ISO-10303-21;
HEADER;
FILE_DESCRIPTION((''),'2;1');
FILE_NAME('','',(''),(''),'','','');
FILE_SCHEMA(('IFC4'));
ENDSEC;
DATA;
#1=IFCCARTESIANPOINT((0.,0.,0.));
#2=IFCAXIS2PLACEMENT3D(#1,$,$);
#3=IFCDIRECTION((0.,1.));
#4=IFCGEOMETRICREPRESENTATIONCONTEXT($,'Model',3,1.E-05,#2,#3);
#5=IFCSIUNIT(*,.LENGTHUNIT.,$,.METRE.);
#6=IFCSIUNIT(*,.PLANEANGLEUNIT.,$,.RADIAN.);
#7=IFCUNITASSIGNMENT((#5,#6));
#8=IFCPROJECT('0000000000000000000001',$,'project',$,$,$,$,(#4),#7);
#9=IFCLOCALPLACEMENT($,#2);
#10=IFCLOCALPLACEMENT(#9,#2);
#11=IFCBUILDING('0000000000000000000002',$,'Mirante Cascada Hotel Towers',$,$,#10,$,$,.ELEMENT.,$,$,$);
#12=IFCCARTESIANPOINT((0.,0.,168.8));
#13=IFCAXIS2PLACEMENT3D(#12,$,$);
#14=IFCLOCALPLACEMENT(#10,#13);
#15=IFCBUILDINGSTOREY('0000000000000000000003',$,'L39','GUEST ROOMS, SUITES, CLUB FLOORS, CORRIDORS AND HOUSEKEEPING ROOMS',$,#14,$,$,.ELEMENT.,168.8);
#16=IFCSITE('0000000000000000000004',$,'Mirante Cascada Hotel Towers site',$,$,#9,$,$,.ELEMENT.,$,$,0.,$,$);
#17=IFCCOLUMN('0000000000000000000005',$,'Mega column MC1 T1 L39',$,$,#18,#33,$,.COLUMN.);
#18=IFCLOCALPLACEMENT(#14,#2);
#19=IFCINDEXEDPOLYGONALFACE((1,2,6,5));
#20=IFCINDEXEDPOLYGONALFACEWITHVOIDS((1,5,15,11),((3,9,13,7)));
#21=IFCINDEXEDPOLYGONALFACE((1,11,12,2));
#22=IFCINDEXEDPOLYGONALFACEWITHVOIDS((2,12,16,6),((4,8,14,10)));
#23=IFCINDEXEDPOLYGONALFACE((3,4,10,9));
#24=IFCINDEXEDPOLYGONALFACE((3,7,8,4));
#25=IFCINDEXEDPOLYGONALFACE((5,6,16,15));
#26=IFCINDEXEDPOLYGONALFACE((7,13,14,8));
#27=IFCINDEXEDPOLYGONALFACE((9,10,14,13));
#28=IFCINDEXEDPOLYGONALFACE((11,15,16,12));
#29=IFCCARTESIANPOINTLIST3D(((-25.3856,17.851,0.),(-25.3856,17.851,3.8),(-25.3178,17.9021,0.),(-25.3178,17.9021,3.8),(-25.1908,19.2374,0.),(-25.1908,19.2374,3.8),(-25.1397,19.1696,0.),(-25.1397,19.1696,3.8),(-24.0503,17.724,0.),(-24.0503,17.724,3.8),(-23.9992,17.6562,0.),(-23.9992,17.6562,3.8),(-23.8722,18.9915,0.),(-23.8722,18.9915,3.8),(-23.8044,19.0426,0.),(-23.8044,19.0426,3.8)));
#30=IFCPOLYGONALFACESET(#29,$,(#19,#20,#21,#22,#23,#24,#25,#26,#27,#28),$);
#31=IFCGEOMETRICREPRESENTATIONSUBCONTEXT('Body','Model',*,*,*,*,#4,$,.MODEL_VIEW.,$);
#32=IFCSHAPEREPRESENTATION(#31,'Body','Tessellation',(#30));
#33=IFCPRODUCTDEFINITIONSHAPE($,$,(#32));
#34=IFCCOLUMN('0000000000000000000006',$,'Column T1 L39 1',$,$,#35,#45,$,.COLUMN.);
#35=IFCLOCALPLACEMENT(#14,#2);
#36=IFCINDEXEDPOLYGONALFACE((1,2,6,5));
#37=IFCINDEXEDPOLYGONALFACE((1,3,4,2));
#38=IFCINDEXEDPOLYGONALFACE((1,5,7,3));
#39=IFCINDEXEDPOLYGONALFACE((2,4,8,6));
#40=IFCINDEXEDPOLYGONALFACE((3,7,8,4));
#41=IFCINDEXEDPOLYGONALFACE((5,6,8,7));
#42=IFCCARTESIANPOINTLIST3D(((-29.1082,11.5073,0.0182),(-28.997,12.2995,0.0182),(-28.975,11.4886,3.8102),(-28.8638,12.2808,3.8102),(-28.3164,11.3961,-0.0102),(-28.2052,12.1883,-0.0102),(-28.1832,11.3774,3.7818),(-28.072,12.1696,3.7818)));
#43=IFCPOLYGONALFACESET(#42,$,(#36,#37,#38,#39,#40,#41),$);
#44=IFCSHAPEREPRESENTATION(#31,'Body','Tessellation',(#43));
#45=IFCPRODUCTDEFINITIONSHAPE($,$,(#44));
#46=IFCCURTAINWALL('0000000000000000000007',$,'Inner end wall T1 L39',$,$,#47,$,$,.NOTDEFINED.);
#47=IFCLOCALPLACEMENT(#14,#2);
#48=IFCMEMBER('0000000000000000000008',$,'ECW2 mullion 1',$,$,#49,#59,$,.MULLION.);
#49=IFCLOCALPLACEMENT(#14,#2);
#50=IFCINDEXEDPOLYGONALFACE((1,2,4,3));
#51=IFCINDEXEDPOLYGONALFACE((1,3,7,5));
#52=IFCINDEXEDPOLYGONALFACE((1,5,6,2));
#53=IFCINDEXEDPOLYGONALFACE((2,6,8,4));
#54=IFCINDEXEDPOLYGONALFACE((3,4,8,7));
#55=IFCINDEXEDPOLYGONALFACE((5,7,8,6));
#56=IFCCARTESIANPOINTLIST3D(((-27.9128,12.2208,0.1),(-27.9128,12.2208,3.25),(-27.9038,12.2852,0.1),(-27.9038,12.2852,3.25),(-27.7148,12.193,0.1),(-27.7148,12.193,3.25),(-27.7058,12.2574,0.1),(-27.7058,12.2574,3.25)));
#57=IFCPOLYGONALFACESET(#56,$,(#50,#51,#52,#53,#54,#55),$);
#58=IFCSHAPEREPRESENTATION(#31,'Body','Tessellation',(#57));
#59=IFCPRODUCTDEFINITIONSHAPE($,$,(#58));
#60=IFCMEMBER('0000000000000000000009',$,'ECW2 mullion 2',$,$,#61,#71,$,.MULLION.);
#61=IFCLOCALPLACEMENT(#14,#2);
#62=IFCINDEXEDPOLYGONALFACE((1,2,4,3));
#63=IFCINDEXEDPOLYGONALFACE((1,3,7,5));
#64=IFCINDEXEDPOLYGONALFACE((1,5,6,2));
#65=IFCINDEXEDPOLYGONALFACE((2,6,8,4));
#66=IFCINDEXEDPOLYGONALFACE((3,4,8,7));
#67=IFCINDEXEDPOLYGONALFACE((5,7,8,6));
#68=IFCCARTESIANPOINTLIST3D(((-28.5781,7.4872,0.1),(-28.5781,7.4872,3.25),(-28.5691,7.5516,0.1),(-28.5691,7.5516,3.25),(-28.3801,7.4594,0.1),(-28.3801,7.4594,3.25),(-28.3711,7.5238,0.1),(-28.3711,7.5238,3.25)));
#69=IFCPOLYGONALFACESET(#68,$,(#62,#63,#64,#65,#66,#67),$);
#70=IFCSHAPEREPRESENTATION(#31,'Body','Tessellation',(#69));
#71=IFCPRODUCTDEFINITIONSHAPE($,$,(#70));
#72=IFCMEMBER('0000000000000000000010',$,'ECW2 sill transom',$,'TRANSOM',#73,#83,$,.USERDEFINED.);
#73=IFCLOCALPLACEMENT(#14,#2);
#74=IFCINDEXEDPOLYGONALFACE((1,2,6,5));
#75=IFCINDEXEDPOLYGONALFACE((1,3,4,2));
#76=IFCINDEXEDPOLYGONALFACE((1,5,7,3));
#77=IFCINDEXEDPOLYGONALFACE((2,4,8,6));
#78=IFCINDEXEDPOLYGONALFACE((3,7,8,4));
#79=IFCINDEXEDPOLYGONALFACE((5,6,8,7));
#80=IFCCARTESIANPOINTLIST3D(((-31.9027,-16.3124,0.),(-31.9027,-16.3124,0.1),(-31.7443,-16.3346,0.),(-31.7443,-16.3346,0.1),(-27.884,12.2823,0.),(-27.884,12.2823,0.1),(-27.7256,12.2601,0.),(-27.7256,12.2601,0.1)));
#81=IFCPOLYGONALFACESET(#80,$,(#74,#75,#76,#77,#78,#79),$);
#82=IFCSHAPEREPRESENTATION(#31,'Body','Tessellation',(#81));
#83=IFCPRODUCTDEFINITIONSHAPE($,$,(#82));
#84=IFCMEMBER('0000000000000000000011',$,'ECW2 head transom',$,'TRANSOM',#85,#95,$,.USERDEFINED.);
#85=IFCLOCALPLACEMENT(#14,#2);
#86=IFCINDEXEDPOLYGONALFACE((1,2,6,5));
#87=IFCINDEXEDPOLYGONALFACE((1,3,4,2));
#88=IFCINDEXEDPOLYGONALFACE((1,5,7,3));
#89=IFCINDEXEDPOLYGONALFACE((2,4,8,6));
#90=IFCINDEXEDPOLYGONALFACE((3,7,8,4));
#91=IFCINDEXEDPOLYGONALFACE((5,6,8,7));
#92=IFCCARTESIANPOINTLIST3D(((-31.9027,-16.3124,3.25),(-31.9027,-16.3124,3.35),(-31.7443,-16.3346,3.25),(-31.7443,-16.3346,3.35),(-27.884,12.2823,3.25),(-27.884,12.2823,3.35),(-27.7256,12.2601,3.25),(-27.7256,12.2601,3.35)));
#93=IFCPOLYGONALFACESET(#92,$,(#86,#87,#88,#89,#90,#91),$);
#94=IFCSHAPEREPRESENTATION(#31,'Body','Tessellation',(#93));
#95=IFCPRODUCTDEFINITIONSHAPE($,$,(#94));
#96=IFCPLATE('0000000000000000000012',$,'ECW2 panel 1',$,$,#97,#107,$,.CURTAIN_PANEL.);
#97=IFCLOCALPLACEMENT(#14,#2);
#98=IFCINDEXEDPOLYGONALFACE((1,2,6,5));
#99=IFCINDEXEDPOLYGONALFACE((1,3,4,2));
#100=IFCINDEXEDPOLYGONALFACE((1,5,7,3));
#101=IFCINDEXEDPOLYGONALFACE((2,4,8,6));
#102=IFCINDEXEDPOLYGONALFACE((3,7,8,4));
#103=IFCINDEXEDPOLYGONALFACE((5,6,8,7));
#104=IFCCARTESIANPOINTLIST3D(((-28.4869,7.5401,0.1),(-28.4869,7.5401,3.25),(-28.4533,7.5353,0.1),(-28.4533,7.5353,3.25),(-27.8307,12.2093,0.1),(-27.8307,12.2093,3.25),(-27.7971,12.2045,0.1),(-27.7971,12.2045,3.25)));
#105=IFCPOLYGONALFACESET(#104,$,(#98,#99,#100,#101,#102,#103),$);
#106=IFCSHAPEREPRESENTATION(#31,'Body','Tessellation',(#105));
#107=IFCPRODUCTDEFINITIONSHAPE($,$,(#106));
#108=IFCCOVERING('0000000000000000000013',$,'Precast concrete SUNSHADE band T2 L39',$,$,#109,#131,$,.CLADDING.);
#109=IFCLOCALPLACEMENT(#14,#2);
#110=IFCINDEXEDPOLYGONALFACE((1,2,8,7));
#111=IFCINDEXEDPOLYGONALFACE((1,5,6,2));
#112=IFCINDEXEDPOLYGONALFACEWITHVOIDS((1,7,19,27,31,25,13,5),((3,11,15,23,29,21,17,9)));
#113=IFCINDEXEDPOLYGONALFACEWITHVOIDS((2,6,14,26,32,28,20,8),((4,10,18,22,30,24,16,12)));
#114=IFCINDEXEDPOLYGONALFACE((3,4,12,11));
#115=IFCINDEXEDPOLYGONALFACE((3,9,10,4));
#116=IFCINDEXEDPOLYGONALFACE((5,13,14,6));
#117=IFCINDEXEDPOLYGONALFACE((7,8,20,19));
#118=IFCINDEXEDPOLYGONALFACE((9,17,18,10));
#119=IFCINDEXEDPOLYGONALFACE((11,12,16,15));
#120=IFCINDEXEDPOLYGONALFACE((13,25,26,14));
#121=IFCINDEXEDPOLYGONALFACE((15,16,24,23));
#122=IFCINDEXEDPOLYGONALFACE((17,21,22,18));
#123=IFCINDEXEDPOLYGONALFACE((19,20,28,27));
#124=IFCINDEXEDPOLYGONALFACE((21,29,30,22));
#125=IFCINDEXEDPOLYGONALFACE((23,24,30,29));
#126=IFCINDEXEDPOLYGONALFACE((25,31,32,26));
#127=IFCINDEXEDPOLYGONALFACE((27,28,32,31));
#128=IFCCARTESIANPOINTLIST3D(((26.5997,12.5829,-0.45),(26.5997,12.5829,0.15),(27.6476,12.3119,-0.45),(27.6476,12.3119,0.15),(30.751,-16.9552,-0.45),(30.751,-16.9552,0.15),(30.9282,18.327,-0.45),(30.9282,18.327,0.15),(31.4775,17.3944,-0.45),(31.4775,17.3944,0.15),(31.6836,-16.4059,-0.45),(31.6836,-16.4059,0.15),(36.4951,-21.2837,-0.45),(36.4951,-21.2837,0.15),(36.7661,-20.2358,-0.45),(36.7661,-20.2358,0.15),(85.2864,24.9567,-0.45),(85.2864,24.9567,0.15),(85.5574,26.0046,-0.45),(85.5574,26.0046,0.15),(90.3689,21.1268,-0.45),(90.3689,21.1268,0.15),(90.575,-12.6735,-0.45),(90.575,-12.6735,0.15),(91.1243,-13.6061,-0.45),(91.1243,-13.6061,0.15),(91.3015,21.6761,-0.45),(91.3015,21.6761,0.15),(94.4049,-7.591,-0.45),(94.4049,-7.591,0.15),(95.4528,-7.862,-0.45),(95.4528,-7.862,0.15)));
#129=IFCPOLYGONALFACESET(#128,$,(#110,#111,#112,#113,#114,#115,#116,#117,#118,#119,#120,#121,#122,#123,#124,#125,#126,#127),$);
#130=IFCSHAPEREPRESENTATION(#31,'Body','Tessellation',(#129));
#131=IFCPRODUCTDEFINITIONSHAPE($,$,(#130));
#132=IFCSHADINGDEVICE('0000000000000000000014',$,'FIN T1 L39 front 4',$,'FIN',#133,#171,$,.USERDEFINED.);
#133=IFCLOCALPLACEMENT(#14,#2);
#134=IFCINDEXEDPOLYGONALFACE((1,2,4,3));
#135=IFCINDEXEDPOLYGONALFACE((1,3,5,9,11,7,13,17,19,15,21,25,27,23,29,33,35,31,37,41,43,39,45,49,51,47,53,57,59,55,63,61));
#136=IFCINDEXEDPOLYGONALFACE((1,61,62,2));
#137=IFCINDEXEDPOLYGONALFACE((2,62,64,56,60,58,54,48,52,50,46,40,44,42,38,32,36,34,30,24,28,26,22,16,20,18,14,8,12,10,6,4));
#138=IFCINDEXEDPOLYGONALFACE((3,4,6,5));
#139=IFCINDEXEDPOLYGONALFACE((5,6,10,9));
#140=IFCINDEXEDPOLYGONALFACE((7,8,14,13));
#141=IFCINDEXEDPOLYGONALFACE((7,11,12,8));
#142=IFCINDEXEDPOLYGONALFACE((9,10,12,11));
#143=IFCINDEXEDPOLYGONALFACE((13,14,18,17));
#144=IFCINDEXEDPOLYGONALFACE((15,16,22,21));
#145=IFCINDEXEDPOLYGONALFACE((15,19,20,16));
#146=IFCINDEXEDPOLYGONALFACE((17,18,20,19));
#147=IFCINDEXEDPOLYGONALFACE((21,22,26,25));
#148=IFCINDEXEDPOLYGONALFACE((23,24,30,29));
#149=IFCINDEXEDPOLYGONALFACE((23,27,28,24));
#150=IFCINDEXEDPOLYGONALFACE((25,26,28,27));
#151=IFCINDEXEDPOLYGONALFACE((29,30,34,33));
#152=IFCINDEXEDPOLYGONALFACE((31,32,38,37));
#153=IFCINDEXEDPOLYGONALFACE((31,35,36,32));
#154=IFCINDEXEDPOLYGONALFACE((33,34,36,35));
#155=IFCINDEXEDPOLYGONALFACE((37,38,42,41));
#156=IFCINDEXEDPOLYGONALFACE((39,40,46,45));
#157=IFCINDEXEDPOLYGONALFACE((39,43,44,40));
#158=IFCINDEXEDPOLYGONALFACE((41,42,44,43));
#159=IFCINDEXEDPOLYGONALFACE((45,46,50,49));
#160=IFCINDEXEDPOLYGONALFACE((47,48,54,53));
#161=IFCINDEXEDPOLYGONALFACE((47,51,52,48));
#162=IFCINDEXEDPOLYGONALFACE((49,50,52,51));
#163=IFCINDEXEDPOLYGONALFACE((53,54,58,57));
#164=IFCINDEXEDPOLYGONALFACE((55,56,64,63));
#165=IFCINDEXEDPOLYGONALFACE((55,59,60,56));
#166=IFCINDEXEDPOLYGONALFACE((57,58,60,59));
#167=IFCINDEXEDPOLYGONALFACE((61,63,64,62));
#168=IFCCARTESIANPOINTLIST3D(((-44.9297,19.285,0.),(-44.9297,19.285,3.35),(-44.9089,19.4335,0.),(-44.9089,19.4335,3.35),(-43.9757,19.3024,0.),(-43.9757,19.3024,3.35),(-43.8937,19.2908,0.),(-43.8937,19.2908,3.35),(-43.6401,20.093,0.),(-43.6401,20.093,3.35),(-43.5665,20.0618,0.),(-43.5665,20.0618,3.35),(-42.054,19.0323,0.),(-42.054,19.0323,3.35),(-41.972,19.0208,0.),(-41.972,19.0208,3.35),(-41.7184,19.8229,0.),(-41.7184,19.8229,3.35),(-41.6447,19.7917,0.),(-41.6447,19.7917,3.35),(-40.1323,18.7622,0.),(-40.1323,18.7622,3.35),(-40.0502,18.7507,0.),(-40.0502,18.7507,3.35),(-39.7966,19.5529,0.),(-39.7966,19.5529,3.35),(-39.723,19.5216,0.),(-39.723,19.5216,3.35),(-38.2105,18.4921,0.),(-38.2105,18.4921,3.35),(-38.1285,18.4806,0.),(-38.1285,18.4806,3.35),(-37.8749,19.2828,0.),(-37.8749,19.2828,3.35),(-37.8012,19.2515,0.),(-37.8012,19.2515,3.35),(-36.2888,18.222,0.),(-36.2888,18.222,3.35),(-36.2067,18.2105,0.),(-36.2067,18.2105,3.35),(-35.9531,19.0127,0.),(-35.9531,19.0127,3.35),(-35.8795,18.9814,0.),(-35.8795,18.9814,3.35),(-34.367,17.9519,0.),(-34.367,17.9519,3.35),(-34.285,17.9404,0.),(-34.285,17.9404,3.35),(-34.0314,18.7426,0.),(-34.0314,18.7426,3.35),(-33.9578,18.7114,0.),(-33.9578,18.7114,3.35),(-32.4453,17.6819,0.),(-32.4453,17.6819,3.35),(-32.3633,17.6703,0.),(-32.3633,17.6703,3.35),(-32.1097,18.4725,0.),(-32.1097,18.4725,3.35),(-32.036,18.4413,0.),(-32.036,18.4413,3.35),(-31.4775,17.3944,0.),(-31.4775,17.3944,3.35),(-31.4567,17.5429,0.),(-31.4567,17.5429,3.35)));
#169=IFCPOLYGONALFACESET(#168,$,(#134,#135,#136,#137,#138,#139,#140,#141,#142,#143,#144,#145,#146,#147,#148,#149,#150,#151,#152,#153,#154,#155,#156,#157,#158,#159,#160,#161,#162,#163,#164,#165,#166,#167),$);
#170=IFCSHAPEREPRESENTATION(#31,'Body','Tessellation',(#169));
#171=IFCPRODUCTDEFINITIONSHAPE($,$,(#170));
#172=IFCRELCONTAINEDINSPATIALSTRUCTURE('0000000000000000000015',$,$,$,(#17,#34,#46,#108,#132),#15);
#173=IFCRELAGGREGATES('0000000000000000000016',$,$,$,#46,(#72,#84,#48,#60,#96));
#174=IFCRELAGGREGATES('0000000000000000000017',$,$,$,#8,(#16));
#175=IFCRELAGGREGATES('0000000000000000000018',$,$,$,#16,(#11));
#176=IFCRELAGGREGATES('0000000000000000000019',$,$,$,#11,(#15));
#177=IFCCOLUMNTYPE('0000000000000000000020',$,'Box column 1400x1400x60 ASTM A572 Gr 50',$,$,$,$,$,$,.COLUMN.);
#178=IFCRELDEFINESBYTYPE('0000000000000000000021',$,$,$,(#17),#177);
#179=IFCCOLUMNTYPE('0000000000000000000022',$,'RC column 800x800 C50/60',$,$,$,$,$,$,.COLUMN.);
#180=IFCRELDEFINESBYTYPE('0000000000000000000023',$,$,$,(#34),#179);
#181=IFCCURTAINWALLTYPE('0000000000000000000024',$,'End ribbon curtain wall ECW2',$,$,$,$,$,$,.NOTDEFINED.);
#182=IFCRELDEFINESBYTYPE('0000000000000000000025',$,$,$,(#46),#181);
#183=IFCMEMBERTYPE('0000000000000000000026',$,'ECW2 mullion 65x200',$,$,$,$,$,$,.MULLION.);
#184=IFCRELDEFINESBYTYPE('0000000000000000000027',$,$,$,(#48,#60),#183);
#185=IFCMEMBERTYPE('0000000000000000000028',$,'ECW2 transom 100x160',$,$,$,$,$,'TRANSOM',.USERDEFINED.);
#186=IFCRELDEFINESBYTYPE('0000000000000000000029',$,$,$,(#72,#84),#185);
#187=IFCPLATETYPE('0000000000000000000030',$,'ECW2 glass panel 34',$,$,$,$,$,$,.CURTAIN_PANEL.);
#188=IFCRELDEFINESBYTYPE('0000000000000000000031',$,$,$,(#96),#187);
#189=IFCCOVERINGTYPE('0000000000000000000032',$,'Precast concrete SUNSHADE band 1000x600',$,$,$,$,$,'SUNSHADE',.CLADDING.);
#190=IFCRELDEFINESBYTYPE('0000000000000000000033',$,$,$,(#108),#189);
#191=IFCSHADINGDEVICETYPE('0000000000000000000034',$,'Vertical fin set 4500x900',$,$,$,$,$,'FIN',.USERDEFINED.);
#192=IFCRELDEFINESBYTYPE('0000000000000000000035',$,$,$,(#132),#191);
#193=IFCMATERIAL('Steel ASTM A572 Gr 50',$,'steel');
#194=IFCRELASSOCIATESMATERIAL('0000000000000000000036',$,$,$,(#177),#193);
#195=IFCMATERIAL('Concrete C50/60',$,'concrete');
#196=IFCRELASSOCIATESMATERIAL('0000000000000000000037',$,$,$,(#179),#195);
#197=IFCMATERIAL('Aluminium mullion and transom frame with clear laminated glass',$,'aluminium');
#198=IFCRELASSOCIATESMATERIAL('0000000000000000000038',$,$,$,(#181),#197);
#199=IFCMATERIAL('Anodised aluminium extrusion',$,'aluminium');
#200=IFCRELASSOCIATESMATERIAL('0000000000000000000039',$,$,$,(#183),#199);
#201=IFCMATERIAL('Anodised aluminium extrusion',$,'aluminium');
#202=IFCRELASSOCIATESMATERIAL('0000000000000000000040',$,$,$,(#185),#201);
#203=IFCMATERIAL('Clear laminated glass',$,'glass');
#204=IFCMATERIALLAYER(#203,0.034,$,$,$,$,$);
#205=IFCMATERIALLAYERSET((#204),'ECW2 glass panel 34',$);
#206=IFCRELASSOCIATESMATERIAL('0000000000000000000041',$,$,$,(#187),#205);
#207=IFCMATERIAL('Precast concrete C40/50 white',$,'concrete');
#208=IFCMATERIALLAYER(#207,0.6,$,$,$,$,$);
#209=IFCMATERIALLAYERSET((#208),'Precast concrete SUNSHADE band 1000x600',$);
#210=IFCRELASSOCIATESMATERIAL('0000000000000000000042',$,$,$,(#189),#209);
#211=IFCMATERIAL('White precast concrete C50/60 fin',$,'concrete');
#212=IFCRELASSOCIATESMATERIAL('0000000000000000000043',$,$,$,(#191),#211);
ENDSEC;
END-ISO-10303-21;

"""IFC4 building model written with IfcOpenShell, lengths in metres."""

from ifc_helpers import new_model, si_unit, direction, frame, origin, origin_2d, place, context, subcontext, project, spatial, polyline, rectangle, hollow_rectangle, outline, extrude, material, layer, layer_set, material_profile, profile_set, type_object, element, aggregate, save


model = new_model("IFC4")

# Units and contexts
model_context = context("Model", 3, precision=1e-05, world=origin(), true_north=direction((0.0, 1.0)))
body_context = subcontext(model_context, "Body", "Model", "MODEL_VIEW")
ifc_project = project(units=[si_unit("LENGTHUNIT", "METRE"), si_unit("PLANEANGLEUNIT", "RADIAN")], contexts=[model_context])

# Site, building, storey
site_placement = place(None, origin())
site = spatial("IfcSite", under=ifc_project, at=site_placement, Name="Mirante Cascada Hotel Towers site", CompositionType="ELEMENT", RefElevation=0.0)
building_placement = place(site_placement, origin())
building = spatial("IfcBuilding", under=site, at=building_placement, Name="Mirante Cascada Hotel Towers", CompositionType="ELEMENT")
storey_placement = place(building_placement, frame((0.0, 0.0, 168.8)))
storey = spatial("IfcBuildingStorey", under=building, at=storey_placement, Name="L39", Description="GUEST ROOMS, SUITES, CLUB FLOORS, CORRIDORS AND HOUSEKEEPING ROOMS", CompositionType="ELEMENT", Elevation=168.8)

# Columns
ifc_material_1 = material(Name="Steel ASTM A572 Gr 50", Category="steel")
ifc_material_profile_1 = material_profile(ifc_material_1, hollow_rectangle(XDim=1.4, YDim=1.4, WallThickness=0.06, at=origin_2d()), Name="Box column 1400x1400x60 ASTM A572 Gr 50")
ifc_profile_set_1 = profile_set([ifc_material_profile_1], Name="Steel ASTM A572 Gr 50")
column_type_1 = type_object("IfcColumnType", Name="Box column 1400x1400x60 ASTM A572 Gr 50", PredefinedType="COLUMN", material=ifc_profile_set_1)
column_1_placement = place(storey_placement, frame((-24.595, 18.4468, 0.0), z_axis=(0.0, 0.0, 1.0), x_axis=(-0.990268, 0.139173, 0.0)))
element("IfcColumn", 1, at=column_1_placement, inside=storey, type_object=column_type_1, Name="Mega column MC1 T1 L39", PredefinedType="COLUMN", context=body_context, shape_type="SweptSolid", body=[
    extrude(hollow_rectangle(XDim=1.4, YDim=1.4, WallThickness=0.06, at=origin_2d()), origin(), (0.0, 0.0, 1.0), 3.8),
])
ifc_material_2 = material(Name="Concrete C50/60", Category="concrete")
ifc_material_profile_2 = material_profile(ifc_material_2, rectangle(XDim=0.8, YDim=0.8, at=origin_2d()), Name="RC column 800x800 C50/60")
ifc_profile_set_2 = profile_set([ifc_material_profile_2], Name="Concrete C50/60")
column_type_2 = type_object("IfcColumnType", Name="RC column 800x800 C50/60", PredefinedType="COLUMN", material=ifc_profile_set_2)
column_2_placement = place(storey_placement, frame((-28.6567, 11.8478, 0.004), z_axis=(0.035104, -0.004928, 0.999371), x_axis=(0.139027, 0.990289, 0.0)))
element("IfcColumn", 2, at=column_2_placement, inside=storey, type_object=column_type_2, Name="Column T1 L39 1", PredefinedType="COLUMN", context=body_context, shape_type="SweptSolid", body=[
    extrude(rectangle(XDim=0.8, YDim=0.8, at=origin_2d()), origin(), (0.0, 0.0, 1.0), 3.7944),
])

# Curtain wall, members, plate
ifc_material_3 = material(Name="Aluminium mullion and transom frame with clear laminated glass", Category="aluminium")
curtain_wall_type = type_object("IfcCurtainWallType", Name="End ribbon curtain wall ECW2", PredefinedType="NOTDEFINED", material=ifc_material_3)
curtain_wall_placement = place(storey_placement, origin())
curtain_wall = element("IfcCurtainWall", 3, at=curtain_wall_placement, inside=storey, type_object=curtain_wall_type, Name="Inner end wall T1 L39", PredefinedType="NOTDEFINED")
ifc_material_4 = material(Name="Anodised aluminium extrusion", Category="aluminium")
ifc_material_profile_3 = material_profile(ifc_material_4, rectangle(XDim=0.2, YDim=0.065, at=origin_2d()), Name="ECW2 MULLION 65x200")
ifc_profile_set_3 = profile_set([ifc_material_profile_3], Name="Anodised aluminium extrusion")
member_type_1 = type_object("IfcMemberType", Name="ECW2 mullion 65x200", PredefinedType="MULLION", material=ifc_profile_set_3)
member_1_placement = place(storey_placement, frame((-27.8093, 12.2391, 0.1), z_axis=(0.0, 0.0, 1.0), x_axis=(0.990268, -0.139173, 0.0)))
member_1 = element("IfcMember", 4, at=member_1_placement, type_object=member_type_1, Name="ECW2 mullion 1", PredefinedType="MULLION", context=body_context, shape_type="SweptSolid", body=[
    extrude(rectangle(XDim=0.2, YDim=0.065, at=origin_2d()), origin(), (0.0, 0.0, 1.0), 3.15),
])
member_2_placement = place(storey_placement, frame((-28.4746, 7.5055, 0.1), z_axis=(0.0, 0.0, 1.0), x_axis=(0.990268, -0.139173, 0.0)))
member_2 = element("IfcMember", 5, at=member_2_placement, type_object=member_type_1, Name="ECW2 mullion 2", PredefinedType="MULLION", context=body_context, shape_type="SweptSolid", body=[
    extrude(rectangle(XDim=0.2, YDim=0.065, at=origin_2d()), origin(), (0.0, 0.0, 1.0), 3.15),
])
ifc_material_5 = material(Name="Anodised aluminium extrusion", Category="aluminium")
ifc_material_profile_4 = material_profile(ifc_material_5, rectangle(XDim=0.16, YDim=0.1, at=origin_2d()), Name="ECW2 TRANSOM 100x160")
ifc_profile_set_4 = profile_set([ifc_material_profile_4], Name="Anodised aluminium extrusion")
member_type_2 = type_object("IfcMemberType", Name="ECW2 transom 100x160", ElementType="TRANSOM", PredefinedType="USERDEFINED", material=ifc_profile_set_4)
member_3_placement = place(storey_placement, frame((-27.8048, 12.2712, 0.05), z_axis=(-0.139172, -0.990268, 0.0), x_axis=(0.990268, -0.139172, 0.0)))
member_3 = element("IfcMember", 6, at=member_3_placement, type_object=member_type_2, Name="ECW2 sill transom", ObjectType="TRANSOM", PredefinedType="USERDEFINED", context=body_context, shape_type="SweptSolid", body=[
    extrude(rectangle(XDim=0.16, YDim=0.1, at=origin_2d()), origin(), (0.0, 0.0, 1.0), 28.8757),
])
member_4_placement = place(storey_placement, frame((-27.8048, 12.2712, 3.3), z_axis=(-0.139172, -0.990268, 0.0), x_axis=(0.990268, -0.139172, 0.0)))
member_4 = element("IfcMember", 7, at=member_4_placement, type_object=member_type_2, Name="ECW2 head transom", ObjectType="TRANSOM", PredefinedType="USERDEFINED", context=body_context, shape_type="SweptSolid", body=[
    extrude(rectangle(XDim=0.16, YDim=0.1, at=origin_2d()), origin(), (0.0, 0.0, 1.0), 28.8757),
])
ifc_material_6 = material(Name="Clear laminated glass", Category="glass")
ifc_layer_1 = layer(ifc_material_6, 0.034)
ifc_layer_set_1 = layer_set([ifc_layer_1], Name="ECW2 glass panel 34")
plate_type = type_object("IfcPlateType", Name="ECW2 glass panel 34", PredefinedType="CURTAIN_PANEL", material=ifc_layer_set_1)
plate_placement = place(storey_placement, frame((-28.142, 9.8723, 0.1), z_axis=(0.0, 0.0, 1.0), x_axis=(-0.139173, -0.990268, 0.0)))
plate = element("IfcPlate", 8, at=plate_placement, type_object=plate_type, Name="ECW2 panel 1", PredefinedType="CURTAIN_PANEL", context=body_context, shape_type="SweptSolid", body=[
    extrude(rectangle(XDim=4.7151, YDim=0.034, at=origin_2d()), origin(), (0.0, 0.0, 1.0), 3.15),
])
aggregate(curtain_wall, [member_3, member_4, member_1, member_2, plate])

# Covering
ifc_material_7 = material(Name="Precast concrete C40/50 white", Category="concrete")
ifc_layer_2 = layer(ifc_material_7, 0.6)
ifc_layer_set_2 = layer_set([ifc_layer_2], Name="Precast concrete SUNSHADE band 1000x600")
covering_type = type_object("IfcCoveringType", Name="Precast concrete SUNSHADE band 1000x600", ElementType="SUNSHADE", PredefinedType="CLADDING", material=ifc_layer_set_2)
covering_placement = place(storey_placement, frame((0.0, 0.0, -0.45)))
element("IfcCovering", 9, at=covering_placement, inside=storey, type_object=covering_type, Name="Precast concrete SUNSHADE band T2 L39", PredefinedType="CLADDING", context=body_context, shape_type="SweptSolid", body=[
    extrude(outline(polyline([(26.5997, 12.5829), (30.9282, 18.327), (85.5574, 26.0046), (91.3015, 21.6761), (95.4528, -7.862), (91.1243, -13.6061), (36.4951, -21.2837), (30.751, -16.9552), (26.5997, 12.5829)]), holes=[polyline([(94.4049, -7.591), (90.3689, 21.1268), (85.2864, 24.9567), (31.4775, 17.3944), (27.6476, 12.3119), (31.6836, -16.4059), (36.7661, -20.2358), (90.575, -12.6735), (94.4049, -7.591)])]), origin(), (0.0, 0.0, 1.0), 0.6),
])

# Shading device
ifc_material_8 = material(Name="White precast concrete C50/60 fin", Category="concrete")
shading_device_type = type_object("IfcShadingDeviceType", Name="Vertical fin set 4500x900", ElementType="FIN", PredefinedType="USERDEFINED", material=ifc_material_8)
shading_device_1_placement = place(storey_placement, origin())
element("IfcShadingDevice", 10, at=shading_device_1_placement, inside=storey, type_object=shading_device_type, Name="FIN T1 L39 front 4", ObjectType="FIN", PredefinedType="USERDEFINED", context=body_context, shape_type="SweptSolid", body=[
    extrude(outline(polyline([(-32.3633, 17.6703), (-31.4567, 17.5429), (-31.4775, 17.3944), (-44.9297, 19.285), (-44.9089, 19.4335), (-43.9757, 19.3024), (-43.6401, 20.093), (-43.5665, 20.0618), (-43.8937, 19.2908), (-42.054, 19.0323), (-41.7184, 19.8229), (-41.6447, 19.7917), (-41.972, 19.0208), (-40.1323, 18.7622), (-39.7966, 19.5529), (-39.723, 19.5216), (-40.0502, 18.7507), (-38.2105, 18.4921), (-37.8749, 19.2828), (-37.8012, 19.2515), (-38.1285, 18.4806), (-36.2888, 18.222), (-35.9531, 19.0127), (-35.8795, 18.9814), (-36.2067, 18.2105), (-34.367, 17.9519), (-34.0314, 18.7426), (-33.9578, 18.7114), (-34.285, 17.9404), (-32.4453, 17.6819), (-32.1097, 18.4725), (-32.036, 18.4413), (-32.3633, 17.6703)])), origin(), (0.0, 0.0, 1.0), 3.35),
])

save(model, "model.ifc")
